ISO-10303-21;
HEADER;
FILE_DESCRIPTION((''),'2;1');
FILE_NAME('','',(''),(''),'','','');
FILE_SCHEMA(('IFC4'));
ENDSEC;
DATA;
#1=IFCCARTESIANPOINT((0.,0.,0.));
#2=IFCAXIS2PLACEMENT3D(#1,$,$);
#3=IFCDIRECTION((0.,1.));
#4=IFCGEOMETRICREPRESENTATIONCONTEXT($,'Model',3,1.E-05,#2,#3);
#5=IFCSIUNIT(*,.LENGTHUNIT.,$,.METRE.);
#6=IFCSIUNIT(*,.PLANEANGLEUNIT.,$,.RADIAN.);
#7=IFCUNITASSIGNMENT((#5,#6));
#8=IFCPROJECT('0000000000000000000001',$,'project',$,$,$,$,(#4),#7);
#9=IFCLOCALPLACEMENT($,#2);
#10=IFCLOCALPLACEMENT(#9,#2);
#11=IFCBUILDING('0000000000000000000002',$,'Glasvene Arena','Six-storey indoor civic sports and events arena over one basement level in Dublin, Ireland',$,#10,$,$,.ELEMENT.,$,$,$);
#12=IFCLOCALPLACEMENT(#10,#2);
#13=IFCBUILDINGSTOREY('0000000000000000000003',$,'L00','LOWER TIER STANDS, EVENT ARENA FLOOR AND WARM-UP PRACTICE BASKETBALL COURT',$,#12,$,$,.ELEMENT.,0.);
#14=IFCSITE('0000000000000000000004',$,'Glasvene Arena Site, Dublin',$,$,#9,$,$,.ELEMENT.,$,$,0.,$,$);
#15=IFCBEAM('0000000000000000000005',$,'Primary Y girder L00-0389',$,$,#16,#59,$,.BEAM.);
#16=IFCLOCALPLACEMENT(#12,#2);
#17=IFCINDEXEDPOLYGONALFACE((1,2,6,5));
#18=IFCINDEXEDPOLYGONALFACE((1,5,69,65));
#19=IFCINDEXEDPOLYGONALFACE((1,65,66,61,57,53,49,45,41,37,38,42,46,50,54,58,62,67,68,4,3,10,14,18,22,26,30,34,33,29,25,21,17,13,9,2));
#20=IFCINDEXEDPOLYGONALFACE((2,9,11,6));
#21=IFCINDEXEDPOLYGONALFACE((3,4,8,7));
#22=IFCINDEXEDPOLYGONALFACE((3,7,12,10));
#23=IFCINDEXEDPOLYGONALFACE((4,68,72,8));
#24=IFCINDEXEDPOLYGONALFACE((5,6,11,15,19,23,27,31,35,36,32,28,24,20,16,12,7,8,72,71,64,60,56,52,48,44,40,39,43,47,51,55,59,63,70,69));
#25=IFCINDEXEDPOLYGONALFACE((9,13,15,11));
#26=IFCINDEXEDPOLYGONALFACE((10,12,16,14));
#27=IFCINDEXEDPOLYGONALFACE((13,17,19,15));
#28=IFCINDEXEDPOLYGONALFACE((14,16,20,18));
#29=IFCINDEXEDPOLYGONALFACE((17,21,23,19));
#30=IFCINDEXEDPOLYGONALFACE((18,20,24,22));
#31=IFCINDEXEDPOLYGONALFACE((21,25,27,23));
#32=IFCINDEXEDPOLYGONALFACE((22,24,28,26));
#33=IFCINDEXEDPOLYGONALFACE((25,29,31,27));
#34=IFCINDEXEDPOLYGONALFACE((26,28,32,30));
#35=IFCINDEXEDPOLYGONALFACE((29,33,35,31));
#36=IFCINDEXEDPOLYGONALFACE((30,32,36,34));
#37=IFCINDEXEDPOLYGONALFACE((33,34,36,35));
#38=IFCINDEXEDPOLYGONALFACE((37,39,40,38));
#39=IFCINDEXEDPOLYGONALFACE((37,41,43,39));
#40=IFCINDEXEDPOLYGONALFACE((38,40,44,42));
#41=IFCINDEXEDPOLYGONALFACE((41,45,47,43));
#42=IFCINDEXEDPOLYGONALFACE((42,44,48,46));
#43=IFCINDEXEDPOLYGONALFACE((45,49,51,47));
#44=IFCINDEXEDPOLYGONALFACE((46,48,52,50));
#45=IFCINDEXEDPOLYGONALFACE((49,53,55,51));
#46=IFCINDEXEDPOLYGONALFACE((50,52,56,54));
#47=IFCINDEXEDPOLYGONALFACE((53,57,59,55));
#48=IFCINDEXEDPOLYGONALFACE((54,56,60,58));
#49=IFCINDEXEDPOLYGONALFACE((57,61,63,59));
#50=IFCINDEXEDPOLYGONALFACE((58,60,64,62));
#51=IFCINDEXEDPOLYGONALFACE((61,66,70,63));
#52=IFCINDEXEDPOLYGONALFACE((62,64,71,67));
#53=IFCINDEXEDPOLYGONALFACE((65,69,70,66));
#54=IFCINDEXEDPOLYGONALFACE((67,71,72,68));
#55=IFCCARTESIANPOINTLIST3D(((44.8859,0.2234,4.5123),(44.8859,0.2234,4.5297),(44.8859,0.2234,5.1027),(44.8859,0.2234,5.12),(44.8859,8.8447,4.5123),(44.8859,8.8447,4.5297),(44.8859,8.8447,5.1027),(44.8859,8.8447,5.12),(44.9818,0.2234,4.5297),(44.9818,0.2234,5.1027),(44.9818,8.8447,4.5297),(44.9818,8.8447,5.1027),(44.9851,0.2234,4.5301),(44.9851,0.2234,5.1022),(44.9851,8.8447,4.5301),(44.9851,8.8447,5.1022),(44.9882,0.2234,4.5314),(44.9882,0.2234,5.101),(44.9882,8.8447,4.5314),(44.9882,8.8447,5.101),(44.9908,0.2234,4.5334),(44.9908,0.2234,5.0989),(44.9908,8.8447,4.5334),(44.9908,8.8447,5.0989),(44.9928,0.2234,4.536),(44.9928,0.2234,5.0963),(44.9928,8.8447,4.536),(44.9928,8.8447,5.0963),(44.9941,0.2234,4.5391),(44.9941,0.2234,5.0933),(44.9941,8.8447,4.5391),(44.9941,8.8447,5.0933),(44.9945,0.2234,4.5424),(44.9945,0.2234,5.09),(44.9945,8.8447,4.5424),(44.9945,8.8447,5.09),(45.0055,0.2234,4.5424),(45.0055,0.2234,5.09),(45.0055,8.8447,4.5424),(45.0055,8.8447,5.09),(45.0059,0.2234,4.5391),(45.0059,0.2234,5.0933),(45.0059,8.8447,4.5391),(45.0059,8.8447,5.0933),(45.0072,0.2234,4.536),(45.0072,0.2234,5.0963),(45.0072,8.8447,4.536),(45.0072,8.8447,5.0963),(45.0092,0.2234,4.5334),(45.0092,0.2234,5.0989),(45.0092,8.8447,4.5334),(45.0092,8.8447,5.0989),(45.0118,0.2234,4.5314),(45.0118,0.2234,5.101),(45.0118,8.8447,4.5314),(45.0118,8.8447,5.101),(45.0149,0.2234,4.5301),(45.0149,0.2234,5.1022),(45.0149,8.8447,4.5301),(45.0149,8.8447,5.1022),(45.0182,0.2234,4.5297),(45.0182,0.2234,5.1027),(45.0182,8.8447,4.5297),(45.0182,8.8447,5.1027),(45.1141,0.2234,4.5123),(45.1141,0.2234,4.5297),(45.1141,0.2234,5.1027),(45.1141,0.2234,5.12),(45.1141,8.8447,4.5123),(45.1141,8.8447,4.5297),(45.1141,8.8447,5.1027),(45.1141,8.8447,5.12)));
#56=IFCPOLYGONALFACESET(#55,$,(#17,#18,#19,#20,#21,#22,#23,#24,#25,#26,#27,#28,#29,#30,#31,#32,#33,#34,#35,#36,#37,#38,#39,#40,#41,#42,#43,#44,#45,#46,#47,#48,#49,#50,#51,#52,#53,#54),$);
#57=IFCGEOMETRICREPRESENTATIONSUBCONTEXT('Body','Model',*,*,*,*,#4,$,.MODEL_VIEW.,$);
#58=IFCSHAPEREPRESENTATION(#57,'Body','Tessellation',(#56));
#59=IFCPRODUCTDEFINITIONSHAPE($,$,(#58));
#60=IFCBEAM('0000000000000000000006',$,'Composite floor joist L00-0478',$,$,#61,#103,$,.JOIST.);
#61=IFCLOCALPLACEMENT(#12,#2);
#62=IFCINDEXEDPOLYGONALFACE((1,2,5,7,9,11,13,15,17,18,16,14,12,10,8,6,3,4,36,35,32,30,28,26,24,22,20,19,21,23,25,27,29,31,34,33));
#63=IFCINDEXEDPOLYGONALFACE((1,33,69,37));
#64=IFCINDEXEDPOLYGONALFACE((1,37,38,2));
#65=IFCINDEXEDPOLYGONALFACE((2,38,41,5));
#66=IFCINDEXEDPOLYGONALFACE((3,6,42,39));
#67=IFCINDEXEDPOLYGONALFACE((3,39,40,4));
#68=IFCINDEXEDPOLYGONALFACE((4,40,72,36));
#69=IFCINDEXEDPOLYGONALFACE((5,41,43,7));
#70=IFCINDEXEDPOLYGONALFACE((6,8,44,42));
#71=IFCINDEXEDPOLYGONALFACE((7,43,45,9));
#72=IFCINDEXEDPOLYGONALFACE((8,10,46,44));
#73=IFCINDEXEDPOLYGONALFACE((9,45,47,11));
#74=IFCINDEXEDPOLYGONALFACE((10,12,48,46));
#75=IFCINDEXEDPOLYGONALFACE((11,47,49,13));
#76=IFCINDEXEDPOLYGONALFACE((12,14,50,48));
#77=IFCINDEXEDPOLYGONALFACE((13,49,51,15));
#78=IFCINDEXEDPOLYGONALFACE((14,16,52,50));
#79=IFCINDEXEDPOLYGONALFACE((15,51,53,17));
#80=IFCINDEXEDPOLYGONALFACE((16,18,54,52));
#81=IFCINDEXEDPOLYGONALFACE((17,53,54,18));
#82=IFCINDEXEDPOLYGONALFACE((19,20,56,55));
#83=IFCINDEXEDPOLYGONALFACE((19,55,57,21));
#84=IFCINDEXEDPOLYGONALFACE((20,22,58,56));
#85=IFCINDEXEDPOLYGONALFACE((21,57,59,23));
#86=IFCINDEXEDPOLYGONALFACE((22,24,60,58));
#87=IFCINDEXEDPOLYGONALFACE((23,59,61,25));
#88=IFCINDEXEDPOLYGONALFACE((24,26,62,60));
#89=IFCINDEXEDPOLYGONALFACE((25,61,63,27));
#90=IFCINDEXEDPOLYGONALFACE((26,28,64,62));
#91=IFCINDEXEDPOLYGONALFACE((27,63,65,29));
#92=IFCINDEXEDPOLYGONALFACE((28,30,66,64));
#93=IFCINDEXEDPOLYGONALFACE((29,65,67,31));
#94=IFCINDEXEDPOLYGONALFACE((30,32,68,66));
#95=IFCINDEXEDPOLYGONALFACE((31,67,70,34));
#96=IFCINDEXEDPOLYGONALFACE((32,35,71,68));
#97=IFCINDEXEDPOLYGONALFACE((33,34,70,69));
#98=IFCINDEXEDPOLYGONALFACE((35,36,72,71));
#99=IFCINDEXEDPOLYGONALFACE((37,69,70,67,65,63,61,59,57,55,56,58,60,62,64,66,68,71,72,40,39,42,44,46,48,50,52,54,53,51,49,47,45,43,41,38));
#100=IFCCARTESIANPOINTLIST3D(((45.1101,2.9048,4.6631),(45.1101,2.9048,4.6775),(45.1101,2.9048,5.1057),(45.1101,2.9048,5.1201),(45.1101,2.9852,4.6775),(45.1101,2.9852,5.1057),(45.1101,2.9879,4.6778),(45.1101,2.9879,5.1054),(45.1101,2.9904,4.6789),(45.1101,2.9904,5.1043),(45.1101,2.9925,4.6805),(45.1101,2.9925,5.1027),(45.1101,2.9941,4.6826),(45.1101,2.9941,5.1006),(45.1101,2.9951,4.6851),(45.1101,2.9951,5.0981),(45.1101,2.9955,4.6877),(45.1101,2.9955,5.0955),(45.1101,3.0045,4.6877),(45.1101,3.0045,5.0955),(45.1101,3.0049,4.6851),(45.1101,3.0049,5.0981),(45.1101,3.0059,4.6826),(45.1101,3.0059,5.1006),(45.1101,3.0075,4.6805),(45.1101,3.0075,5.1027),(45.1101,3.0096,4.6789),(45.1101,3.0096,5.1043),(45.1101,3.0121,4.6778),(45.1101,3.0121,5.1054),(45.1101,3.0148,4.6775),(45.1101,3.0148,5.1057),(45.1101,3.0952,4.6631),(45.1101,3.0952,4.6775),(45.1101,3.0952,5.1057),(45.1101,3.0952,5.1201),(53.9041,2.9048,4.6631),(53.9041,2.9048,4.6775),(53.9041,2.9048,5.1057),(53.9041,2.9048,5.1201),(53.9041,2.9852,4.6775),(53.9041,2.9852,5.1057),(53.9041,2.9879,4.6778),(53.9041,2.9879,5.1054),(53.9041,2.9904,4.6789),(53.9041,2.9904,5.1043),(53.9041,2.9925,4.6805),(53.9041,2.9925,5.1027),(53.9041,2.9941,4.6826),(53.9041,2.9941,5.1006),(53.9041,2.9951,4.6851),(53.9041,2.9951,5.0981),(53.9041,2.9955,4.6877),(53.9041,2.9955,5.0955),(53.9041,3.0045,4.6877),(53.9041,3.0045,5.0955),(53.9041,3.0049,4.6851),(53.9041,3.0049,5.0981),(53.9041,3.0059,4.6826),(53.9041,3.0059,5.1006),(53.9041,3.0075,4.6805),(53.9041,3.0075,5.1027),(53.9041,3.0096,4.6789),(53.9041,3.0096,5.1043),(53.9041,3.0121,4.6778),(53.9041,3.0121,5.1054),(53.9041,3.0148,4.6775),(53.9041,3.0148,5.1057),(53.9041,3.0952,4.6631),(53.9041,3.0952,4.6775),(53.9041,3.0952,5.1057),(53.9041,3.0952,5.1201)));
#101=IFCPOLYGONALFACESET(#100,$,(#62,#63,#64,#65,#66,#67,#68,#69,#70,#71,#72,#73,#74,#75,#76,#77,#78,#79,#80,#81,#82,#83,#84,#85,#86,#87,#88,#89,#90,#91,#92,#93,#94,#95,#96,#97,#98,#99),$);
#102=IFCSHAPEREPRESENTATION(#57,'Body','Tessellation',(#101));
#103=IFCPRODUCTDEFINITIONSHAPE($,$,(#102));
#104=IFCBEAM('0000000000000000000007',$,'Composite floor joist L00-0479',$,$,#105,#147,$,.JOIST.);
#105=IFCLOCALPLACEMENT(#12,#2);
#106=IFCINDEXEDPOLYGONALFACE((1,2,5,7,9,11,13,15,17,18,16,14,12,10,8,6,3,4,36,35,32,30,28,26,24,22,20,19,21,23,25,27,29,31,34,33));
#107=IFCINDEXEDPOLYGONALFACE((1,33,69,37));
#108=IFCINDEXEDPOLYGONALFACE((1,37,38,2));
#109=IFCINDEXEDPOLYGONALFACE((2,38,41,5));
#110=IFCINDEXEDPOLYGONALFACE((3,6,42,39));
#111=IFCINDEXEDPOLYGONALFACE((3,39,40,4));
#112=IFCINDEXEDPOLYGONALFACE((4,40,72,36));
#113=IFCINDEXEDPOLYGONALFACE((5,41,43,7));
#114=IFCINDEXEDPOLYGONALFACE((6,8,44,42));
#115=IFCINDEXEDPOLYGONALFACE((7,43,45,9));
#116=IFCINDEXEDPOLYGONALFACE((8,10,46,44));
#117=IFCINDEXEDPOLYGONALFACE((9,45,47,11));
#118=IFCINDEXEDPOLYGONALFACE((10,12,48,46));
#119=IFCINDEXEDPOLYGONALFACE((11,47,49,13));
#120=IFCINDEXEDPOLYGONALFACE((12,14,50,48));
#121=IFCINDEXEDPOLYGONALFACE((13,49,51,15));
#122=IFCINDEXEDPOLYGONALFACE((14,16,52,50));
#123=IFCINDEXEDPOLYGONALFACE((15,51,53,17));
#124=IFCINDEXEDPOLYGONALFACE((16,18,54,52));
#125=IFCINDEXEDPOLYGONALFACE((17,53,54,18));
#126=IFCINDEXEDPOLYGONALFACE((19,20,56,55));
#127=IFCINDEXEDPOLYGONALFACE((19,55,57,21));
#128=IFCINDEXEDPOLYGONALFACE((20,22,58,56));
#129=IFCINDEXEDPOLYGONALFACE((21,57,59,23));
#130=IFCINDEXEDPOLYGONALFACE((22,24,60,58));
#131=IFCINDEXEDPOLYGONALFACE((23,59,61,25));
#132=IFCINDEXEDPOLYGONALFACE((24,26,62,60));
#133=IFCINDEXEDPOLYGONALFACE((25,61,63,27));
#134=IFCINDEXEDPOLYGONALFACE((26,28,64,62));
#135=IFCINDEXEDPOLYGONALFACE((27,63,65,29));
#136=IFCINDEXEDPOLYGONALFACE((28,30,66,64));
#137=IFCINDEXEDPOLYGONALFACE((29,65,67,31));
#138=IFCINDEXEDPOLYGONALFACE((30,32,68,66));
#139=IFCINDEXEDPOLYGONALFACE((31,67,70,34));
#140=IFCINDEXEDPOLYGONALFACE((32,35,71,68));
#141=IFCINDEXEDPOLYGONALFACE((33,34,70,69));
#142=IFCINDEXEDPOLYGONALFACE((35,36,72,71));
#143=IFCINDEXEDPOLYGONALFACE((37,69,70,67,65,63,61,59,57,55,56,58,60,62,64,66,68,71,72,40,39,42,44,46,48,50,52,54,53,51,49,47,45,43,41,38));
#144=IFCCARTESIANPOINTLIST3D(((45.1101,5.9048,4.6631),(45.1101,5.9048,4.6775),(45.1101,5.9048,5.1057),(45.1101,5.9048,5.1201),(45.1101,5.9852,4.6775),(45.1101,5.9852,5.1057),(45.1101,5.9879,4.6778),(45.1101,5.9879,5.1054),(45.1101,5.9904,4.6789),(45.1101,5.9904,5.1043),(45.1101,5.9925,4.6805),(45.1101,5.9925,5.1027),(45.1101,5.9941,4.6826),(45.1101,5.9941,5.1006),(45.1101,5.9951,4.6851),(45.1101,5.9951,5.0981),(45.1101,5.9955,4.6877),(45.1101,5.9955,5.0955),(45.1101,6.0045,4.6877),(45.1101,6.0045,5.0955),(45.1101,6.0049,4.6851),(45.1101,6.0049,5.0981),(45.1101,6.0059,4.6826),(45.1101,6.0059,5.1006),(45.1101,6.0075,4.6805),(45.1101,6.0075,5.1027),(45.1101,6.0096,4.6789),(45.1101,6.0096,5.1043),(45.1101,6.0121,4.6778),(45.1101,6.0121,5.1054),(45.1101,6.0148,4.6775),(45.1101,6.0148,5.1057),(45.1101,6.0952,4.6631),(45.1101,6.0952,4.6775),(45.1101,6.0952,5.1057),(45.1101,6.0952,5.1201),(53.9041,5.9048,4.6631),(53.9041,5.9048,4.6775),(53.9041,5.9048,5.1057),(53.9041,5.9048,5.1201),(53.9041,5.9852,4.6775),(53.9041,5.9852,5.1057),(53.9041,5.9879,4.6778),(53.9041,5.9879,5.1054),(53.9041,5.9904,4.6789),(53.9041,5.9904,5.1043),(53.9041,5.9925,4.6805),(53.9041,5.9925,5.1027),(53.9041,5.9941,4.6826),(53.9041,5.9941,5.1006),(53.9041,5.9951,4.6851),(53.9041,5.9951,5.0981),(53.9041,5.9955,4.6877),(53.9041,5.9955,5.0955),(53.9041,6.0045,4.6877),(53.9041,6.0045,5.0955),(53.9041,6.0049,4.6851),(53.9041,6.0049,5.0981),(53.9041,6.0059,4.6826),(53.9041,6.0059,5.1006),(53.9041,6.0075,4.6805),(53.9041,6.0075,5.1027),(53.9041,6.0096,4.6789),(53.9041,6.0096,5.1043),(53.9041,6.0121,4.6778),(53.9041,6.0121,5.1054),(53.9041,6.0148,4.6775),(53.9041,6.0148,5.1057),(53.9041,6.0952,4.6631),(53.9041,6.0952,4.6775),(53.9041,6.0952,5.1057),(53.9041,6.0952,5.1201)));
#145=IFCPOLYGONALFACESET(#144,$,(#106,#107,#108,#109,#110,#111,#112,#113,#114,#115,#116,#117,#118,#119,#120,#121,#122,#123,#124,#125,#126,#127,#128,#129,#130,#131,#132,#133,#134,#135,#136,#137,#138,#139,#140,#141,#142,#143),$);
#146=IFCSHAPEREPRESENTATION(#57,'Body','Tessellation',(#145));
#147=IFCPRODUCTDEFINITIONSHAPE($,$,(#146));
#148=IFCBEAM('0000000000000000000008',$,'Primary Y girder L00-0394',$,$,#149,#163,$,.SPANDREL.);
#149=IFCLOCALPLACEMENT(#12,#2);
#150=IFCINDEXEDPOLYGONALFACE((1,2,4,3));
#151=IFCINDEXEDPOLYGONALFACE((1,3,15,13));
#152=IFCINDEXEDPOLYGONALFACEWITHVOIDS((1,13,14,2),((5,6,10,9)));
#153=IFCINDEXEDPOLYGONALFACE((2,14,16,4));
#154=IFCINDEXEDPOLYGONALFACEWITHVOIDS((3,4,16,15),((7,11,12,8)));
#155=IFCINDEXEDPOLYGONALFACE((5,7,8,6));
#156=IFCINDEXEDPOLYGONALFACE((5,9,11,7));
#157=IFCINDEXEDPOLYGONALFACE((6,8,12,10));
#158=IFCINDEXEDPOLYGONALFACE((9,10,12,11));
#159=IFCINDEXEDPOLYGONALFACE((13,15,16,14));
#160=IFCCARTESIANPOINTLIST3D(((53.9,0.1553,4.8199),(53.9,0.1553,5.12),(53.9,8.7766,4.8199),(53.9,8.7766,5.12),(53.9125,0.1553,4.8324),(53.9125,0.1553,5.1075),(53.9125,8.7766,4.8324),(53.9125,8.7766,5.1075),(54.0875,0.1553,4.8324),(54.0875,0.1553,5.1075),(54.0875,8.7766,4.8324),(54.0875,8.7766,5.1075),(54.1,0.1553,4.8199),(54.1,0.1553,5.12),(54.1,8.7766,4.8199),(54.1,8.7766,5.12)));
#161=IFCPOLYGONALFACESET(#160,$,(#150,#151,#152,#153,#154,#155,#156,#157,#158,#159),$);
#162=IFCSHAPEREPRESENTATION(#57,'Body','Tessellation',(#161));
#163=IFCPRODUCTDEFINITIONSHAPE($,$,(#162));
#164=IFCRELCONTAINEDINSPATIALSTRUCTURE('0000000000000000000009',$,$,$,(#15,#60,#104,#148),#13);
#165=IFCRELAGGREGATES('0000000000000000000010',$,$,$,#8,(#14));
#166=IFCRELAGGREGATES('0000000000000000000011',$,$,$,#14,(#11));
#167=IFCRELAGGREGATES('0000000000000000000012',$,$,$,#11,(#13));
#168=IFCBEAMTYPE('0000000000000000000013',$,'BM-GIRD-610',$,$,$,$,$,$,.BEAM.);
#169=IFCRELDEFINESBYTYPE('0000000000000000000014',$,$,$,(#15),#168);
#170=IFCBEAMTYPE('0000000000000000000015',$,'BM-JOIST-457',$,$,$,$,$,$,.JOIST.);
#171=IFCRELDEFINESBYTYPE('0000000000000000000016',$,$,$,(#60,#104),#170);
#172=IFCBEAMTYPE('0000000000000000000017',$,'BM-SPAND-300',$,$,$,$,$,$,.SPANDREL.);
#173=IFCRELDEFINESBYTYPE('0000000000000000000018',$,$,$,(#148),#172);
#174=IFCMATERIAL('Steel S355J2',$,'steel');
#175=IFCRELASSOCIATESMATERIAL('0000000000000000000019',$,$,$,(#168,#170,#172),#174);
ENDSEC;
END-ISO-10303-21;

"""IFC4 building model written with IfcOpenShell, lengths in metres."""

from ifc_helpers import new_model, si_unit, direction, frame, origin, origin_2d, place, context, subcontext, project, spatial, hollow_rectangle, i_section, extrude, material, material_profile, profile_set, type_object, element, save


model = new_model("IFC4")

# Units and contexts
model_context = context("Model", 3, precision=1e-05, world=origin(), true_north=direction((0.0, 1.0)))
body_context = subcontext(model_context, "Body", "Model", "MODEL_VIEW")
ifc_project = project(units=[si_unit("LENGTHUNIT", "METRE"), si_unit("PLANEANGLEUNIT", "RADIAN")], contexts=[model_context])

# Site, building, storey
site_placement = place(None, origin())
site = spatial("IfcSite", under=ifc_project, at=site_placement, Name="Glasvene Arena Site, Dublin", CompositionType="ELEMENT", RefElevation=0.0)
building_placement = place(site_placement, origin())
building = spatial("IfcBuilding", under=site, at=building_placement, Name="Glasvene Arena", Description="Six-storey indoor civic sports and events arena over one basement level in Dublin, Ireland", CompositionType="ELEMENT")
storey_placement = place(building_placement, origin())
storey = spatial("IfcBuildingStorey", under=building, at=storey_placement, Name="L00", Description="LOWER TIER STANDS, EVENT ARENA FLOOR AND WARM-UP PRACTICE BASKETBALL COURT", CompositionType="ELEMENT", Elevation=0.0)

# Shared definitions
ifc_material_1 = material(Name="Steel S355J2", Category="steel")

# Beams
ifc_material_profile_1 = material_profile(ifc_material_1, i_section(OverallWidth=0.2283, OverallDepth=0.6077, WebThickness=0.011, FlangeThickness=0.0173, FilletRadius=0.0127, at=origin_2d()), Name="UKB 610x229x113")
ifc_profile_set_1 = profile_set([ifc_material_profile_1], Name="Steel S355J2")
beam_type_1 = type_object("IfcBeamType", Name="BM-GIRD-610", PredefinedType="BEAM", material=ifc_profile_set_1)
beam_1_placement = place(storey_placement, frame((45.0, 0.2234, 4.8162), z_axis=(0.0, 1.0, 0.0), x_axis=(-1.0, 0.0, 0.0)))
element("IfcBeam", 1, at=beam_1_placement, inside=storey, type_object=beam_type_1, Name="Primary Y girder L00-0389", PredefinedType="BEAM", context=body_context, shape_type="SweptSolid", body=[
    extrude(i_section(OverallWidth=0.2283, OverallDepth=0.6077, WebThickness=0.011, FlangeThickness=0.0173, FilletRadius=0.0127, at=origin_2d()), origin(), (0.0, 0.0, 1.0), 8.6213),
])
ifc_material_profile_2 = material_profile(ifc_material_1, i_section(OverallWidth=0.1904, OverallDepth=0.457, WebThickness=0.009, FlangeThickness=0.0144, FilletRadius=0.0103, at=origin_2d()), Name="UKB 457x191x74")
ifc_profile_set_2 = profile_set([ifc_material_profile_2], Name="Steel S355J2")
beam_type_2 = type_object("IfcBeamType", Name="BM-JOIST-457", PredefinedType="JOIST", material=ifc_profile_set_2)
for number, where, z_axis, x_axis, name in (
    (2, (45.1101, 3.0, 4.8916), (1.0, 0.0, 0.0), (0.0, 1.0, 0.0), "Composite floor joist L00-0478"),
    (3, (45.1101, 6.0, 4.8916), (1.0, 0.0, 0.0), (0.0, 1.0, 0.0), "Composite floor joist L00-0479"),
):
    element("IfcBeam", number, at=place(storey_placement, frame(where, z_axis=z_axis, x_axis=x_axis)), inside=storey, type_object=beam_type_2, Name=name, PredefinedType="JOIST", context=body_context, shape_type="SweptSolid", body=[
        extrude(i_section(OverallWidth=0.1904, OverallDepth=0.457, WebThickness=0.009, FlangeThickness=0.0144, FilletRadius=0.0103, at=origin_2d()), origin(), (0.0, 0.0, 1.0), 8.7939),
    ])
ifc_material_profile_3 = material_profile(ifc_material_1, hollow_rectangle(XDim=0.2, YDim=0.3, WallThickness=0.0125, at=origin_2d()), Name="RHS 300x200x12.5")
ifc_profile_set_3 = profile_set([ifc_material_profile_3], Name="Steel S355J2")
beam_type_3 = type_object("IfcBeamType", Name="BM-SPAND-300", PredefinedType="SPANDREL", material=ifc_profile_set_3)
beam_2_placement = place(storey_placement, frame((54.0, 0.1553, 4.97), z_axis=(0.0, 1.0, 0.0), x_axis=(-1.0, 0.0, 0.0)))
element("IfcBeam", 4, at=beam_2_placement, inside=storey, type_object=beam_type_3, Name="Primary Y girder L00-0394", PredefinedType="SPANDREL", context=body_context, shape_type="SweptSolid", body=[
    extrude(hollow_rectangle(XDim=0.2, YDim=0.3, WallThickness=0.0125, at=origin_2d()), origin(), (0.0, 0.0, 1.0), 8.6213),
])

save(model, "model.ifc")
